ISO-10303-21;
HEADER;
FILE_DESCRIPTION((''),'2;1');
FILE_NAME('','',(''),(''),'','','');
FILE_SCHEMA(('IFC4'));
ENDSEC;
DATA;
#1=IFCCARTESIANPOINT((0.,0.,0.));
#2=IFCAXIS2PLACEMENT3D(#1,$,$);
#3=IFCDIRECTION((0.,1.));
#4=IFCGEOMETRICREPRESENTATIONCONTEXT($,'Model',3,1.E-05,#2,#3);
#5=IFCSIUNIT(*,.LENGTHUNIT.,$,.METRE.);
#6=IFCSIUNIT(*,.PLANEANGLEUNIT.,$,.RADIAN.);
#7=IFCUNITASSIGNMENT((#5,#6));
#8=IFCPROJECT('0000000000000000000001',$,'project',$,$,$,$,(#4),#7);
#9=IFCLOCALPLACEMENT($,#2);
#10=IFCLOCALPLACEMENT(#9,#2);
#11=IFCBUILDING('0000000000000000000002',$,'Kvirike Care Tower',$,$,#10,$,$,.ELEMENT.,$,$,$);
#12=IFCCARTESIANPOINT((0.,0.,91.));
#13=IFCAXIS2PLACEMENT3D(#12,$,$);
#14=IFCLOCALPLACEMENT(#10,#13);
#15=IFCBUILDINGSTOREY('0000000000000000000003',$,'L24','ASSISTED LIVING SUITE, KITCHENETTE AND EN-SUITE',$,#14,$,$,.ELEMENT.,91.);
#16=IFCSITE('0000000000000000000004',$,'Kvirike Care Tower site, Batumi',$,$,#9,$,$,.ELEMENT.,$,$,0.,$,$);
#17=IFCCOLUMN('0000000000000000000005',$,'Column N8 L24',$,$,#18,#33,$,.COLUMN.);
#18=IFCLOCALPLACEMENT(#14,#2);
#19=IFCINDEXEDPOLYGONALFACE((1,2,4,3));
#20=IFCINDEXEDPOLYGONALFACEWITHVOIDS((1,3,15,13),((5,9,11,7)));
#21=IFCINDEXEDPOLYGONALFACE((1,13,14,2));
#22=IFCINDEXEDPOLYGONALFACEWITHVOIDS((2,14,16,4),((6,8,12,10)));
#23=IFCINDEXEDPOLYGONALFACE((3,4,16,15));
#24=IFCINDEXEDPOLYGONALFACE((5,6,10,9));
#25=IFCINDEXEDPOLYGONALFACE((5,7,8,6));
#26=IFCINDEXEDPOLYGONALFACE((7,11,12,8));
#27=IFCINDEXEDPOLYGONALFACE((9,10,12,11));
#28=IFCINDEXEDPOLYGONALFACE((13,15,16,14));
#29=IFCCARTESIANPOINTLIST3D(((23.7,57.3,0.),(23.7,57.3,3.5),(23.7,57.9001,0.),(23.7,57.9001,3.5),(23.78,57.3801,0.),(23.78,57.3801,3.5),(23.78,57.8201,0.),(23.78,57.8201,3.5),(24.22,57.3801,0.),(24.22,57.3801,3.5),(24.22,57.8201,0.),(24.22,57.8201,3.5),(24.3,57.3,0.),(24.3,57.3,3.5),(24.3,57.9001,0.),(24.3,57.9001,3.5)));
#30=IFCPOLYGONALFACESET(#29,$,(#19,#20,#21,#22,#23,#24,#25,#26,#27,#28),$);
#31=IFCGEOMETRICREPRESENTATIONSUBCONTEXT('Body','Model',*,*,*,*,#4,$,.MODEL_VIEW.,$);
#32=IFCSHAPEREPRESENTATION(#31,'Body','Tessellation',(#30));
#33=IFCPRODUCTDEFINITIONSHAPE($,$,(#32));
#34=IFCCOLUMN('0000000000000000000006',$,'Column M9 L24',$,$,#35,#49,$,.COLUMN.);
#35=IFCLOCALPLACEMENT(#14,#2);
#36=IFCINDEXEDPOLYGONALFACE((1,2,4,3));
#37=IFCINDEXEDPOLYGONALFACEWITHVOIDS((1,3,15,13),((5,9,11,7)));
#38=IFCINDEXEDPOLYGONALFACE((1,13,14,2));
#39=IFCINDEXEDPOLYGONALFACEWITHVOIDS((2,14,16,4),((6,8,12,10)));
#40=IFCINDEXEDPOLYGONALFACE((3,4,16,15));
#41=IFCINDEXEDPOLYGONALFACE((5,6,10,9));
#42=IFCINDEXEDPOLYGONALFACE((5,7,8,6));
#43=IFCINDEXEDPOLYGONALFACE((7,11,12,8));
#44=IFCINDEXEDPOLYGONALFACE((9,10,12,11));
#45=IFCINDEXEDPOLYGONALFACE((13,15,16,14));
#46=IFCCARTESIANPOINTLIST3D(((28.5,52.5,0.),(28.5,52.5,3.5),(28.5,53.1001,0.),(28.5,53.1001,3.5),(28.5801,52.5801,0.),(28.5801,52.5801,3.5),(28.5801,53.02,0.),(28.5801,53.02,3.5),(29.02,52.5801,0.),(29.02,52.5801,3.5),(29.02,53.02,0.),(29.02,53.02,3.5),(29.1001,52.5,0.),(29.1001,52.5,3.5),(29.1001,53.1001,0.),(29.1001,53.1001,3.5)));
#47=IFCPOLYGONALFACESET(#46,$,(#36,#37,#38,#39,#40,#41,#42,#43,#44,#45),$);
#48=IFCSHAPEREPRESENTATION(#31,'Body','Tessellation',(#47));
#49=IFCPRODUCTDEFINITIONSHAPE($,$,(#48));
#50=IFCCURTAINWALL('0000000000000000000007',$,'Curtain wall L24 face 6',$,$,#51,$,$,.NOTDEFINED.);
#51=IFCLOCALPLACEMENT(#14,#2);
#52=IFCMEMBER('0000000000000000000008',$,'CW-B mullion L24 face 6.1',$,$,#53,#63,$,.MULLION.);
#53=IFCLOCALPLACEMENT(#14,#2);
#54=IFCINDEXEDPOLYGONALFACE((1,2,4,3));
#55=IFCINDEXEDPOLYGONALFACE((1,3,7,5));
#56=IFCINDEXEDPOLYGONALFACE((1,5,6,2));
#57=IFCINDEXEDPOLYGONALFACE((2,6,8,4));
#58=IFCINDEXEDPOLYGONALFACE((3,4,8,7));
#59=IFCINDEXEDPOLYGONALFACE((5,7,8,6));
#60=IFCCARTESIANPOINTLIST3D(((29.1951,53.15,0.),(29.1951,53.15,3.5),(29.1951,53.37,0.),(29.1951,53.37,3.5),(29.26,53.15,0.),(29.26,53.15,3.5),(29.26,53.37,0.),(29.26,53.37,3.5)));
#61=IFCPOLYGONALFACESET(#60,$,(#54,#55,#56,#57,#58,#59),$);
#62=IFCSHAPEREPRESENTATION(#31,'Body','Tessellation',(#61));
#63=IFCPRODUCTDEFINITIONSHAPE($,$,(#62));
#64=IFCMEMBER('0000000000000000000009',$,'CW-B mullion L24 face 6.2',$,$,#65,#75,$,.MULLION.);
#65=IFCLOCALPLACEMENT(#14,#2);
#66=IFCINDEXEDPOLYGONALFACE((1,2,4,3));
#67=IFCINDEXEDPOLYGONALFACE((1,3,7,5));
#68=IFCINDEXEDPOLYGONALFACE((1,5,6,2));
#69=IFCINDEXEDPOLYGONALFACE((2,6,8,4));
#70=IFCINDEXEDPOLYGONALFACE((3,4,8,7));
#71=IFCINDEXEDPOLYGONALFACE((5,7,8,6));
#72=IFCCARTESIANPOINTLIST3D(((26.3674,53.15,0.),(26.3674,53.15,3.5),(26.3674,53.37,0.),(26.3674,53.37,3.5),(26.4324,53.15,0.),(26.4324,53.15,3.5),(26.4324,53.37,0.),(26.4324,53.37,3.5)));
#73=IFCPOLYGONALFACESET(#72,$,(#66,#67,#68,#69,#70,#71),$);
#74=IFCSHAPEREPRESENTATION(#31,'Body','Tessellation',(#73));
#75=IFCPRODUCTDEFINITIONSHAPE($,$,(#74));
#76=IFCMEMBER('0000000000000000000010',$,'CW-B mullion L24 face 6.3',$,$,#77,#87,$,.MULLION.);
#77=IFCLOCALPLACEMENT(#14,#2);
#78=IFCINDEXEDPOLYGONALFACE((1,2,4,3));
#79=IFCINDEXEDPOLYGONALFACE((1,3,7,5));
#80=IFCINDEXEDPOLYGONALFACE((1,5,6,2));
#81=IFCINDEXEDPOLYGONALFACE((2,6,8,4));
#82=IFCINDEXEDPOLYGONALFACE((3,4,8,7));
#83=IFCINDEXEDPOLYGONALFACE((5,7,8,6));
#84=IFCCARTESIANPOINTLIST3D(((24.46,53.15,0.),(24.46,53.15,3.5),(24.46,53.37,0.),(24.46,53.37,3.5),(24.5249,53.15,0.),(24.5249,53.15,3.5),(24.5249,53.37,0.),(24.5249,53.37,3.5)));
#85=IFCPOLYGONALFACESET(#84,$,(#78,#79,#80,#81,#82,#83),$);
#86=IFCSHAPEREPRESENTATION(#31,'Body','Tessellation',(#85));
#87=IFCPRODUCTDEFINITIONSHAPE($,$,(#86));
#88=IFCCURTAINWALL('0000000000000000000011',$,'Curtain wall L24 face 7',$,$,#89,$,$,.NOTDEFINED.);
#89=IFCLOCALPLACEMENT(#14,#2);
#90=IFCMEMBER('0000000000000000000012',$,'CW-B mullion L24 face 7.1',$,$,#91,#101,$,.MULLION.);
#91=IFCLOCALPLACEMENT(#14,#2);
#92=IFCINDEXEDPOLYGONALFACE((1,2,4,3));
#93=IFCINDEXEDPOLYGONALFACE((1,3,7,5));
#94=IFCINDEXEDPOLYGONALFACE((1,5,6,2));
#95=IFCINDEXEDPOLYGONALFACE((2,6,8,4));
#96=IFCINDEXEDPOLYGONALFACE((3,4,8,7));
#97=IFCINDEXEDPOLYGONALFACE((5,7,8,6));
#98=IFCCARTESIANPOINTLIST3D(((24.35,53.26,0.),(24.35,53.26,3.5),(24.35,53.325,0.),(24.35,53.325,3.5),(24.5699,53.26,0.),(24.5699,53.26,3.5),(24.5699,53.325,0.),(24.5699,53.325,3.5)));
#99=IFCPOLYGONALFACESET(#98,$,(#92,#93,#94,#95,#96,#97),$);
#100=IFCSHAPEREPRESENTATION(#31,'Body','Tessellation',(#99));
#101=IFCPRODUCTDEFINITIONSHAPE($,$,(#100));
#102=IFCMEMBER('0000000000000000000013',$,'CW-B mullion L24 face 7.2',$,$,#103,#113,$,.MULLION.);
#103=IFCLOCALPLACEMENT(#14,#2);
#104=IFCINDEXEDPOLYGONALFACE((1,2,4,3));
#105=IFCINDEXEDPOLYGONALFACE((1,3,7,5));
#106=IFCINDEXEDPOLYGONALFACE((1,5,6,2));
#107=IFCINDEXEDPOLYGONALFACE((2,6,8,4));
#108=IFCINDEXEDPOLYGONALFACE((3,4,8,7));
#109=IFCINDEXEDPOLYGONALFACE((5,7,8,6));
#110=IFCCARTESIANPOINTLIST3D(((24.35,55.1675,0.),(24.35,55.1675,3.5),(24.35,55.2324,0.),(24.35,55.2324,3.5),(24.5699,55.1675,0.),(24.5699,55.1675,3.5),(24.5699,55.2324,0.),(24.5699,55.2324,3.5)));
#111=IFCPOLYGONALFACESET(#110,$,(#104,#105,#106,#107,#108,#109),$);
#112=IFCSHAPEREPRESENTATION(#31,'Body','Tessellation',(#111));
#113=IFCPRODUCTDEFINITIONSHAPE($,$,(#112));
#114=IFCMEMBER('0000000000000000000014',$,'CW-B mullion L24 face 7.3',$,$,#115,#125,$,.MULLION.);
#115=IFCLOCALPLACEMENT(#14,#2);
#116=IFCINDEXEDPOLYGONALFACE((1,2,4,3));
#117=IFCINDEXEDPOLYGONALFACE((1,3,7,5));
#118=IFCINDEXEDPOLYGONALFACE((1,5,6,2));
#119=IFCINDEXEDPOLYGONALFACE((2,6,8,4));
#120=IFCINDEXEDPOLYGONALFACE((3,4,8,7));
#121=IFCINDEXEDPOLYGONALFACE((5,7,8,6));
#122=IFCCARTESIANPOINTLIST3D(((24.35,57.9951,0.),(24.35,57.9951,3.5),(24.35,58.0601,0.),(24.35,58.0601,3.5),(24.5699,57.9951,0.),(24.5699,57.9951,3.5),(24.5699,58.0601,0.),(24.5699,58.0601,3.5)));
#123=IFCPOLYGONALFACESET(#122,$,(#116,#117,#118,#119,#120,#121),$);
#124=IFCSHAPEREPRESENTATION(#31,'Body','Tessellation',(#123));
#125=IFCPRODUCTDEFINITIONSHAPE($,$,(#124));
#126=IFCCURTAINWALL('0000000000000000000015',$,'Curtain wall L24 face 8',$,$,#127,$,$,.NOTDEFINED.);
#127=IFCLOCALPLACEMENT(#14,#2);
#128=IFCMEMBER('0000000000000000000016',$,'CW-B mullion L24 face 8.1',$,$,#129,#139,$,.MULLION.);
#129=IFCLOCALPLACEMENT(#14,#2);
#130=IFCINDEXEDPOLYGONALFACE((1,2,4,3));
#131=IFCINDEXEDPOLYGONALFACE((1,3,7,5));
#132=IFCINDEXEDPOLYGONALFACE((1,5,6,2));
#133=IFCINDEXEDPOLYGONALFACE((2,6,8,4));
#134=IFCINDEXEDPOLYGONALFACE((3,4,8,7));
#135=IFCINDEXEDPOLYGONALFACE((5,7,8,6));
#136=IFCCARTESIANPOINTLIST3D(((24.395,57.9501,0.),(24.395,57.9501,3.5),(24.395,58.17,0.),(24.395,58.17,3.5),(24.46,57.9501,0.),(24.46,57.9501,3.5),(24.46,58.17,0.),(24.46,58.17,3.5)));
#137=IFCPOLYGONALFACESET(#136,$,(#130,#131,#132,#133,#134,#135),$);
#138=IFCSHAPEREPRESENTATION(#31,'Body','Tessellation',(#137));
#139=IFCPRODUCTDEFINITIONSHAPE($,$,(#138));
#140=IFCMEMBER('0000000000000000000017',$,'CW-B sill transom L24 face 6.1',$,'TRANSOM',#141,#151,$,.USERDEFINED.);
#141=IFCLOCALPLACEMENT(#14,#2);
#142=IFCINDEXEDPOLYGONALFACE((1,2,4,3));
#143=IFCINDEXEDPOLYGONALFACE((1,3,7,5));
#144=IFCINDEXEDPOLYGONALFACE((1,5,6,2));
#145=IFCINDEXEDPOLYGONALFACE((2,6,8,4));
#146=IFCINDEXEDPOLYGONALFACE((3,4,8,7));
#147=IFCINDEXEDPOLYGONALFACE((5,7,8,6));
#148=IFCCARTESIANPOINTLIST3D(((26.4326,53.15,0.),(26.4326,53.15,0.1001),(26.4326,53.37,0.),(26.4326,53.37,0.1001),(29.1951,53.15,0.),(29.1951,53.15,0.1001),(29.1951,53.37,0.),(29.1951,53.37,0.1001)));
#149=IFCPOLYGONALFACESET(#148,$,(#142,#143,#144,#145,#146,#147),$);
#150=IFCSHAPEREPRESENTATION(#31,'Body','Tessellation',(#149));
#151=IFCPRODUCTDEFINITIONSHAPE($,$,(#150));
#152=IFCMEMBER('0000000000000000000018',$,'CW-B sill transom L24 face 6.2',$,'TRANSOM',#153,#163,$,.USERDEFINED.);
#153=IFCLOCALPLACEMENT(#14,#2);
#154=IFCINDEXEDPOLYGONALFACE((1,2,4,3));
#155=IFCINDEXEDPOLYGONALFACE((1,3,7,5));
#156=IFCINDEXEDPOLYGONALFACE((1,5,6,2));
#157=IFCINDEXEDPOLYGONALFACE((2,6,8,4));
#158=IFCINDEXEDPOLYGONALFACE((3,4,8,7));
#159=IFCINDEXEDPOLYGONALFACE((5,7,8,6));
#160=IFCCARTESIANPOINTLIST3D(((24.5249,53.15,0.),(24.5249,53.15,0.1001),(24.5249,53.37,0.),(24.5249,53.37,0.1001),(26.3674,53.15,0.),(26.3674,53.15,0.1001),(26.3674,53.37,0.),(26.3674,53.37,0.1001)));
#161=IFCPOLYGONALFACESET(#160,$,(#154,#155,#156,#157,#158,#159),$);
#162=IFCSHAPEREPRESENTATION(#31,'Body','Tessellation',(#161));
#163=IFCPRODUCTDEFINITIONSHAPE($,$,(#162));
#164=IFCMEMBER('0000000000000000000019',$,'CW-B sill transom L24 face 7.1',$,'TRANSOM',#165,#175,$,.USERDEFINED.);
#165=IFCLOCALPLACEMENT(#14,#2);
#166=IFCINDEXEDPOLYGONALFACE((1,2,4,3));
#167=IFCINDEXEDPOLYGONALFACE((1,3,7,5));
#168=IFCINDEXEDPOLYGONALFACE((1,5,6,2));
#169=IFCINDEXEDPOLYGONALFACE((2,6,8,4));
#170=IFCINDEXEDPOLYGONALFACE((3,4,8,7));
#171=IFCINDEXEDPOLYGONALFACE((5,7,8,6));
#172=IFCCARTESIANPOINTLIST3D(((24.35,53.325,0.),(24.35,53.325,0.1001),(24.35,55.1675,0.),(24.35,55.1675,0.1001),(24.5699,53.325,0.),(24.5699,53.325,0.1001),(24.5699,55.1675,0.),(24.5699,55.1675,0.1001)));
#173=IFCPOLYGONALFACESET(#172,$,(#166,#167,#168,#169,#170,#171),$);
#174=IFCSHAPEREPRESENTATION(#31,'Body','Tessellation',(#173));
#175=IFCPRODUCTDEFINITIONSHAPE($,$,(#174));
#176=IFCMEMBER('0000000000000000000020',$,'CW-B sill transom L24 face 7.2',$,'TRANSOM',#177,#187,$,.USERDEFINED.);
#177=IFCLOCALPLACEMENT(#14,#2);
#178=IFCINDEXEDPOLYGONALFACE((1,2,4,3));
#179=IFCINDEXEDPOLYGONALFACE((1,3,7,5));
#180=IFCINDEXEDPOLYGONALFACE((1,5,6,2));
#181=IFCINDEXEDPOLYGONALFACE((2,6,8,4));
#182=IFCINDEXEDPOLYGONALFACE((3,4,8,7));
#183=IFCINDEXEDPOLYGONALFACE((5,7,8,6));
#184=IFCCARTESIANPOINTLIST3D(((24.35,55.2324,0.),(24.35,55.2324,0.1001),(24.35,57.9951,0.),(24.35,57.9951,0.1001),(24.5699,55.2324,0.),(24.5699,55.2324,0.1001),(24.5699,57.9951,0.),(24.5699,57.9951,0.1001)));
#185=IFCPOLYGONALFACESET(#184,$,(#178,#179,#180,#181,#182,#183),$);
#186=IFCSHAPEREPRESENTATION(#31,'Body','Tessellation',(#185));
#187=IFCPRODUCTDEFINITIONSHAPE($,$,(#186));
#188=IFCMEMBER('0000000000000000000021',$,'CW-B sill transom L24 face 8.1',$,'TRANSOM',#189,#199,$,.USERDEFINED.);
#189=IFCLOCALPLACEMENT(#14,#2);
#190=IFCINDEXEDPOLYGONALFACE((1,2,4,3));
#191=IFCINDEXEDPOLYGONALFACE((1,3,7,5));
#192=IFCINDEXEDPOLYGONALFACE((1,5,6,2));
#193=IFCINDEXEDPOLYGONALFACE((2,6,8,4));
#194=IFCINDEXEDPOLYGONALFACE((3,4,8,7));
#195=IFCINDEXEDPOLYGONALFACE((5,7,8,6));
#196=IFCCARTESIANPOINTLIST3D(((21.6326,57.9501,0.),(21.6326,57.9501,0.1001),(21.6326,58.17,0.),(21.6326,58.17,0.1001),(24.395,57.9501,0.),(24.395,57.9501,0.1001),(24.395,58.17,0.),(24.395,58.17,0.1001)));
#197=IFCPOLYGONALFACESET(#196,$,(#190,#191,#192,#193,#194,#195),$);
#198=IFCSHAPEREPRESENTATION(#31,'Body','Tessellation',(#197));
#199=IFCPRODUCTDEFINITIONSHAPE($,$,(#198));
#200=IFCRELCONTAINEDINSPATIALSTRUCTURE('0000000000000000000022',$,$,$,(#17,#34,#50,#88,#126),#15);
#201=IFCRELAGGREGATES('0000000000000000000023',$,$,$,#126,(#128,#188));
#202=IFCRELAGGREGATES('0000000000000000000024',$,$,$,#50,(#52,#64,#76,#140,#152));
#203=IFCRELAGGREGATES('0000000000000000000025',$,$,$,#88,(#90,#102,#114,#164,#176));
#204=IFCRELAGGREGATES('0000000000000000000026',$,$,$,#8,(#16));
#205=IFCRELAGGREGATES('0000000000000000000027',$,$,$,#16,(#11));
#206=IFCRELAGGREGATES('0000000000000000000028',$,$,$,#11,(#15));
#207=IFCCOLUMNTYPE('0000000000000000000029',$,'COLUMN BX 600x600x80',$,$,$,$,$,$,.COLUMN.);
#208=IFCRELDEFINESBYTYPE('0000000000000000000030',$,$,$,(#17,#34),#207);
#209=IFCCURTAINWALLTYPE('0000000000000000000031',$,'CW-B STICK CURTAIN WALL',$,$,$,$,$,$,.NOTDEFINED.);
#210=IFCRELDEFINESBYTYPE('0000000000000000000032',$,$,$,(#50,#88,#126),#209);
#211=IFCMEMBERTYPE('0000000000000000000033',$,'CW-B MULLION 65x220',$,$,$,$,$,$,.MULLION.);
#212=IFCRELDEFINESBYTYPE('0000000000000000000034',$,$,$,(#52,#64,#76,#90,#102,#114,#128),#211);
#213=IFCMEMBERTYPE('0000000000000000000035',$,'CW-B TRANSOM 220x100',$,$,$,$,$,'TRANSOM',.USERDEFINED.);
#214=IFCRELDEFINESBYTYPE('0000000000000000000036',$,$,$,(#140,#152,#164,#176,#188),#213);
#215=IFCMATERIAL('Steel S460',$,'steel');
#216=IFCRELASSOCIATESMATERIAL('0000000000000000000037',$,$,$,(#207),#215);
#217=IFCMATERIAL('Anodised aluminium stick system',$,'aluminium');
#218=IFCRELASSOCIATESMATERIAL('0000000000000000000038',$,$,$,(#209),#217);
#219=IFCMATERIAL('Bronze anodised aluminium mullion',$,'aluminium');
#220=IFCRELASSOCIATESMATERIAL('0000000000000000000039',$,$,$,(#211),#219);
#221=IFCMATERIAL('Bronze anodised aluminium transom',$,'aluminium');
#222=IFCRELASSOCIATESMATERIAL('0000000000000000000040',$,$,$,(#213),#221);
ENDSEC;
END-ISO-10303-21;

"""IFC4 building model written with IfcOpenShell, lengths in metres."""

from ifc_helpers import new_model, si_unit, direction, frame, origin, origin_2d, place, context, subcontext, project, spatial, rectangle, hollow_rectangle, extrude, material, material_profile, profile_set, type_object, element, aggregate, save


model = new_model("IFC4")

# Units and contexts
model_context = context("Model", 3, precision=1e-05, world=origin(), true_north=direction((0.0, 1.0)))
body_context = subcontext(model_context, "Body", "Model", "MODEL_VIEW")
ifc_project = project(units=[si_unit("LENGTHUNIT", "METRE"), si_unit("PLANEANGLEUNIT", "RADIAN")], contexts=[model_context])

# Site, building, storey
site_placement = place(None, origin())
site = spatial("IfcSite", under=ifc_project, at=site_placement, Name="Kvirike Care Tower site, Batumi", CompositionType="ELEMENT", RefElevation=0.0)
building_placement = place(site_placement, origin())
building = spatial("IfcBuilding", under=site, at=building_placement, Name="Kvirike Care Tower", CompositionType="ELEMENT")
storey_placement = place(building_placement, frame((0.0, 0.0, 91.0)))
storey = spatial("IfcBuildingStorey", under=building, at=storey_placement, Name="L24", Description="ASSISTED LIVING SUITE, KITCHENETTE AND EN-SUITE", CompositionType="ELEMENT", Elevation=91.0)

# Columns
ifc_material_1 = material(Name="Steel S460", Category="steel")
ifc_material_profile_1 = material_profile(ifc_material_1, hollow_rectangle(XDim=0.6001, YDim=0.6001, WallThickness=0.0801, at=origin_2d()), Name="BX 600x600x80")
ifc_profile_set_1 = profile_set([ifc_material_profile_1], Name="Steel S460")
column_type = type_object("IfcColumnType", Name="COLUMN BX 600x600x80", PredefinedType="COLUMN", material=ifc_profile_set_1)
for number, where, z_axis, x_axis, name in (
    (1, (24.0, 57.6001, 0.0), (0.0, 0.0, 1.0), (0.0, 1.0, 0.0), "Column N8 L24"),
    (2, (28.8, 52.8, 0.0), (0.0, 0.0, 1.0), (0.0, 1.0, 0.0), "Column M9 L24"),
):
    element("IfcColumn", number, at=place(storey_placement, frame(where, z_axis=z_axis, x_axis=x_axis)), inside=storey, type_object=column_type, Name=name, PredefinedType="COLUMN", context=body_context, shape_type="SweptSolid", body=[
        extrude(hollow_rectangle(XDim=0.6001, YDim=0.6001, WallThickness=0.0801, at=origin_2d()), origin(), (0.0, 0.0, 1.0), 3.5),
    ])

# Curtain walls, members
ifc_material_2 = material(Name="Anodised aluminium stick system", Category="aluminium")
curtain_wall_type = type_object("IfcCurtainWallType", Name="CW-B STICK CURTAIN WALL", PredefinedType="NOTDEFINED", material=ifc_material_2)
curtain_wall_1_placement = place(storey_placement, origin())
curtain_wall_1 = element("IfcCurtainWall", 3, at=curtain_wall_1_placement, inside=storey, type_object=curtain_wall_type, Name="Curtain wall L24 face 6", PredefinedType="NOTDEFINED")
ifc_material_3 = material(Name="Bronze anodised aluminium mullion", Category="aluminium")
ifc_material_profile_2 = material_profile(ifc_material_3, rectangle(XDim=0.0649, YDim=0.22, at=origin_2d()), Name="CW-B MULLION 65x220")
ifc_profile_set_2 = profile_set([ifc_material_profile_2], Name="Bronze anodised aluminium mullion")
member_type_1 = type_object("IfcMemberType", Name="CW-B MULLION 65x220", PredefinedType="MULLION", material=ifc_profile_set_2)
member_1_placement = place(storey_placement, frame((29.2275, 53.26, 0.0), z_axis=(0.0, 0.0, 1.0), x_axis=(-1.0, 0.0, 0.0)))
member_1 = element("IfcMember", 4, at=member_1_placement, type_object=member_type_1, Name="CW-B mullion L24 face 6.1", PredefinedType="MULLION", context=body_context, shape_type="SweptSolid", body=[
    extrude(rectangle(XDim=0.0649, YDim=0.22, at=origin_2d()), origin(), (0.0, 0.0, 1.0), 3.5),
])
member_2_placement = place(storey_placement, frame((26.3999, 53.26, 0.0), z_axis=(0.0, 0.0, 1.0), x_axis=(-1.0, 0.0, 0.0)))
member_2 = element("IfcMember", 5, at=member_2_placement, type_object=member_type_1, Name="CW-B mullion L24 face 6.2", PredefinedType="MULLION", context=body_context, shape_type="SweptSolid", body=[
    extrude(rectangle(XDim=0.0649, YDim=0.22, at=origin_2d()), origin(), (0.0, 0.0, 1.0), 3.5),
])
member_3_placement = place(storey_placement, frame((24.4924, 53.26, 0.0), z_axis=(0.0, 0.0, 1.0), x_axis=(-1.0, 0.0, 0.0)))
member_3 = element("IfcMember", 6, at=member_3_placement, type_object=member_type_1, Name="CW-B mullion L24 face 6.3", PredefinedType="MULLION", context=body_context, shape_type="SweptSolid", body=[
    extrude(rectangle(XDim=0.0649, YDim=0.22, at=origin_2d()), origin(), (0.0, 0.0, 1.0), 3.5),
])
curtain_wall_2_placement = place(storey_placement, origin())
curtain_wall_2 = element("IfcCurtainWall", 7, at=curtain_wall_2_placement, inside=storey, type_object=curtain_wall_type, Name="Curtain wall L24 face 7", PredefinedType="NOTDEFINED")
member_4_placement = place(storey_placement, frame((24.46, 53.2925, 0.0), z_axis=(0.0, 0.0, 1.0), x_axis=(0.0, 1.0, 0.0)))
member_4 = element("IfcMember", 8, at=member_4_placement, type_object=member_type_1, Name="CW-B mullion L24 face 7.1", PredefinedType="MULLION", context=body_context, shape_type="SweptSolid", body=[
    extrude(rectangle(XDim=0.0649, YDim=0.22, at=origin_2d()), origin(), (0.0, 0.0, 1.0), 3.5),
])
member_5_placement = place(storey_placement, frame((24.46, 55.2, 0.0), z_axis=(0.0, 0.0, 1.0), x_axis=(0.0, 1.0, 0.0)))
member_5 = element("IfcMember", 9, at=member_5_placement, type_object=member_type_1, Name="CW-B mullion L24 face 7.2", PredefinedType="MULLION", context=body_context, shape_type="SweptSolid", body=[
    extrude(rectangle(XDim=0.0649, YDim=0.22, at=origin_2d()), origin(), (0.0, 0.0, 1.0), 3.5),
])
member_6_placement = place(storey_placement, frame((24.46, 58.0276, 0.0), z_axis=(0.0, 0.0, 1.0), x_axis=(0.0, 1.0, 0.0)))
member_6 = element("IfcMember", 10, at=member_6_placement, type_object=member_type_1, Name="CW-B mullion L24 face 7.3", PredefinedType="MULLION", context=body_context, shape_type="SweptSolid", body=[
    extrude(rectangle(XDim=0.0649, YDim=0.22, at=origin_2d()), origin(), (0.0, 0.0, 1.0), 3.5),
])

# Curtain wall, member
curtain_wall_3_placement = place(storey_placement, origin())
curtain_wall_3 = element("IfcCurtainWall", 11, at=curtain_wall_3_placement, inside=storey, type_object=curtain_wall_type, Name="Curtain wall L24 face 8", PredefinedType="NOTDEFINED")
member_7_placement = place(storey_placement, frame((24.4275, 58.0601, 0.0), z_axis=(0.0, 0.0, 1.0), x_axis=(-1.0, 0.0, 0.0)))
member_7 = element("IfcMember", 12, at=member_7_placement, type_object=member_type_1, Name="CW-B mullion L24 face 8.1", PredefinedType="MULLION", context=body_context, shape_type="SweptSolid", body=[
    extrude(rectangle(XDim=0.0649, YDim=0.22, at=origin_2d()), origin(), (0.0, 0.0, 1.0), 3.5),
])

# Members
ifc_material_4 = material(Name="Bronze anodised aluminium transom", Category="aluminium")
ifc_material_profile_3 = material_profile(ifc_material_4, rectangle(XDim=0.22, YDim=0.1001, at=origin_2d()), Name="CW-B TRANSOM 220x100")
ifc_profile_set_3 = profile_set([ifc_material_profile_3], Name="Bronze anodised aluminium transom")
member_type_2 = type_object("IfcMemberType", Name="CW-B TRANSOM 220x100", ElementType="TRANSOM", PredefinedType="USERDEFINED", material=ifc_profile_set_3)
member_8_placement = place(storey_placement, frame((29.1951, 53.26, 0.05), z_axis=(-1.0, 0.0, 0.0), x_axis=(0.0, -1.0, 0.0)))
member_8 = element("IfcMember", 13, at=member_8_placement, type_object=member_type_2, Name="CW-B sill transom L24 face 6.1", ObjectType="TRANSOM", PredefinedType="USERDEFINED", context=body_context, shape_type="SweptSolid", body=[
    extrude(rectangle(XDim=0.22, YDim=0.1001, at=origin_2d()), origin(), (0.0, 0.0, 1.0), 2.7625),
])
member_9_placement = place(storey_placement, frame((26.3674, 53.26, 0.05), z_axis=(-1.0, 0.0, 0.0), x_axis=(0.0, -1.0, 0.0)))
member_9 = element("IfcMember", 14, at=member_9_placement, type_object=member_type_2, Name="CW-B sill transom L24 face 6.2", ObjectType="TRANSOM", PredefinedType="USERDEFINED", context=body_context, shape_type="SweptSolid", body=[
    extrude(rectangle(XDim=0.22, YDim=0.1001, at=origin_2d()), origin(), (0.0, 0.0, 1.0), 1.8425),
])
member_10_placement = place(storey_placement, frame((24.46, 53.325, 0.05), z_axis=(0.0, 1.0, 0.0), x_axis=(-1.0, 0.0, 0.0)))
member_10 = element("IfcMember", 15, at=member_10_placement, type_object=member_type_2, Name="CW-B sill transom L24 face 7.1", ObjectType="TRANSOM", PredefinedType="USERDEFINED", context=body_context, shape_type="SweptSolid", body=[
    extrude(rectangle(XDim=0.22, YDim=0.1001, at=origin_2d()), origin(), (0.0, 0.0, 1.0), 1.8425),
])
member_11_placement = place(storey_placement, frame((24.46, 55.2324, 0.05), z_axis=(0.0, 1.0, 0.0), x_axis=(-1.0, 0.0, 0.0)))
member_11 = element("IfcMember", 16, at=member_11_placement, type_object=member_type_2, Name="CW-B sill transom L24 face 7.2", ObjectType="TRANSOM", PredefinedType="USERDEFINED", context=body_context, shape_type="SweptSolid", body=[
    extrude(rectangle(XDim=0.22, YDim=0.1001, at=origin_2d()), origin(), (0.0, 0.0, 1.0), 2.7627),
])
member_12_placement = place(storey_placement, frame((24.395, 58.0601, 0.05), z_axis=(-1.0, 0.0, 0.0), x_axis=(0.0, -1.0, 0.0)))
member_12 = element("IfcMember", 17, at=member_12_placement, type_object=member_type_2, Name="CW-B sill transom L24 face 8.1", ObjectType="TRANSOM", PredefinedType="USERDEFINED", context=body_context, shape_type="SweptSolid", body=[
    extrude(rectangle(XDim=0.22, YDim=0.1001, at=origin_2d()), origin(), (0.0, 0.0, 1.0), 2.7625),
])
aggregate(curtain_wall_3, [member_7, member_12])

aggregate(curtain_wall_1, [member_1, member_2, member_3, member_8, member_9])
aggregate(curtain_wall_2, [member_4, member_5, member_6, member_10, member_11])

save(model, "model.ifc")
